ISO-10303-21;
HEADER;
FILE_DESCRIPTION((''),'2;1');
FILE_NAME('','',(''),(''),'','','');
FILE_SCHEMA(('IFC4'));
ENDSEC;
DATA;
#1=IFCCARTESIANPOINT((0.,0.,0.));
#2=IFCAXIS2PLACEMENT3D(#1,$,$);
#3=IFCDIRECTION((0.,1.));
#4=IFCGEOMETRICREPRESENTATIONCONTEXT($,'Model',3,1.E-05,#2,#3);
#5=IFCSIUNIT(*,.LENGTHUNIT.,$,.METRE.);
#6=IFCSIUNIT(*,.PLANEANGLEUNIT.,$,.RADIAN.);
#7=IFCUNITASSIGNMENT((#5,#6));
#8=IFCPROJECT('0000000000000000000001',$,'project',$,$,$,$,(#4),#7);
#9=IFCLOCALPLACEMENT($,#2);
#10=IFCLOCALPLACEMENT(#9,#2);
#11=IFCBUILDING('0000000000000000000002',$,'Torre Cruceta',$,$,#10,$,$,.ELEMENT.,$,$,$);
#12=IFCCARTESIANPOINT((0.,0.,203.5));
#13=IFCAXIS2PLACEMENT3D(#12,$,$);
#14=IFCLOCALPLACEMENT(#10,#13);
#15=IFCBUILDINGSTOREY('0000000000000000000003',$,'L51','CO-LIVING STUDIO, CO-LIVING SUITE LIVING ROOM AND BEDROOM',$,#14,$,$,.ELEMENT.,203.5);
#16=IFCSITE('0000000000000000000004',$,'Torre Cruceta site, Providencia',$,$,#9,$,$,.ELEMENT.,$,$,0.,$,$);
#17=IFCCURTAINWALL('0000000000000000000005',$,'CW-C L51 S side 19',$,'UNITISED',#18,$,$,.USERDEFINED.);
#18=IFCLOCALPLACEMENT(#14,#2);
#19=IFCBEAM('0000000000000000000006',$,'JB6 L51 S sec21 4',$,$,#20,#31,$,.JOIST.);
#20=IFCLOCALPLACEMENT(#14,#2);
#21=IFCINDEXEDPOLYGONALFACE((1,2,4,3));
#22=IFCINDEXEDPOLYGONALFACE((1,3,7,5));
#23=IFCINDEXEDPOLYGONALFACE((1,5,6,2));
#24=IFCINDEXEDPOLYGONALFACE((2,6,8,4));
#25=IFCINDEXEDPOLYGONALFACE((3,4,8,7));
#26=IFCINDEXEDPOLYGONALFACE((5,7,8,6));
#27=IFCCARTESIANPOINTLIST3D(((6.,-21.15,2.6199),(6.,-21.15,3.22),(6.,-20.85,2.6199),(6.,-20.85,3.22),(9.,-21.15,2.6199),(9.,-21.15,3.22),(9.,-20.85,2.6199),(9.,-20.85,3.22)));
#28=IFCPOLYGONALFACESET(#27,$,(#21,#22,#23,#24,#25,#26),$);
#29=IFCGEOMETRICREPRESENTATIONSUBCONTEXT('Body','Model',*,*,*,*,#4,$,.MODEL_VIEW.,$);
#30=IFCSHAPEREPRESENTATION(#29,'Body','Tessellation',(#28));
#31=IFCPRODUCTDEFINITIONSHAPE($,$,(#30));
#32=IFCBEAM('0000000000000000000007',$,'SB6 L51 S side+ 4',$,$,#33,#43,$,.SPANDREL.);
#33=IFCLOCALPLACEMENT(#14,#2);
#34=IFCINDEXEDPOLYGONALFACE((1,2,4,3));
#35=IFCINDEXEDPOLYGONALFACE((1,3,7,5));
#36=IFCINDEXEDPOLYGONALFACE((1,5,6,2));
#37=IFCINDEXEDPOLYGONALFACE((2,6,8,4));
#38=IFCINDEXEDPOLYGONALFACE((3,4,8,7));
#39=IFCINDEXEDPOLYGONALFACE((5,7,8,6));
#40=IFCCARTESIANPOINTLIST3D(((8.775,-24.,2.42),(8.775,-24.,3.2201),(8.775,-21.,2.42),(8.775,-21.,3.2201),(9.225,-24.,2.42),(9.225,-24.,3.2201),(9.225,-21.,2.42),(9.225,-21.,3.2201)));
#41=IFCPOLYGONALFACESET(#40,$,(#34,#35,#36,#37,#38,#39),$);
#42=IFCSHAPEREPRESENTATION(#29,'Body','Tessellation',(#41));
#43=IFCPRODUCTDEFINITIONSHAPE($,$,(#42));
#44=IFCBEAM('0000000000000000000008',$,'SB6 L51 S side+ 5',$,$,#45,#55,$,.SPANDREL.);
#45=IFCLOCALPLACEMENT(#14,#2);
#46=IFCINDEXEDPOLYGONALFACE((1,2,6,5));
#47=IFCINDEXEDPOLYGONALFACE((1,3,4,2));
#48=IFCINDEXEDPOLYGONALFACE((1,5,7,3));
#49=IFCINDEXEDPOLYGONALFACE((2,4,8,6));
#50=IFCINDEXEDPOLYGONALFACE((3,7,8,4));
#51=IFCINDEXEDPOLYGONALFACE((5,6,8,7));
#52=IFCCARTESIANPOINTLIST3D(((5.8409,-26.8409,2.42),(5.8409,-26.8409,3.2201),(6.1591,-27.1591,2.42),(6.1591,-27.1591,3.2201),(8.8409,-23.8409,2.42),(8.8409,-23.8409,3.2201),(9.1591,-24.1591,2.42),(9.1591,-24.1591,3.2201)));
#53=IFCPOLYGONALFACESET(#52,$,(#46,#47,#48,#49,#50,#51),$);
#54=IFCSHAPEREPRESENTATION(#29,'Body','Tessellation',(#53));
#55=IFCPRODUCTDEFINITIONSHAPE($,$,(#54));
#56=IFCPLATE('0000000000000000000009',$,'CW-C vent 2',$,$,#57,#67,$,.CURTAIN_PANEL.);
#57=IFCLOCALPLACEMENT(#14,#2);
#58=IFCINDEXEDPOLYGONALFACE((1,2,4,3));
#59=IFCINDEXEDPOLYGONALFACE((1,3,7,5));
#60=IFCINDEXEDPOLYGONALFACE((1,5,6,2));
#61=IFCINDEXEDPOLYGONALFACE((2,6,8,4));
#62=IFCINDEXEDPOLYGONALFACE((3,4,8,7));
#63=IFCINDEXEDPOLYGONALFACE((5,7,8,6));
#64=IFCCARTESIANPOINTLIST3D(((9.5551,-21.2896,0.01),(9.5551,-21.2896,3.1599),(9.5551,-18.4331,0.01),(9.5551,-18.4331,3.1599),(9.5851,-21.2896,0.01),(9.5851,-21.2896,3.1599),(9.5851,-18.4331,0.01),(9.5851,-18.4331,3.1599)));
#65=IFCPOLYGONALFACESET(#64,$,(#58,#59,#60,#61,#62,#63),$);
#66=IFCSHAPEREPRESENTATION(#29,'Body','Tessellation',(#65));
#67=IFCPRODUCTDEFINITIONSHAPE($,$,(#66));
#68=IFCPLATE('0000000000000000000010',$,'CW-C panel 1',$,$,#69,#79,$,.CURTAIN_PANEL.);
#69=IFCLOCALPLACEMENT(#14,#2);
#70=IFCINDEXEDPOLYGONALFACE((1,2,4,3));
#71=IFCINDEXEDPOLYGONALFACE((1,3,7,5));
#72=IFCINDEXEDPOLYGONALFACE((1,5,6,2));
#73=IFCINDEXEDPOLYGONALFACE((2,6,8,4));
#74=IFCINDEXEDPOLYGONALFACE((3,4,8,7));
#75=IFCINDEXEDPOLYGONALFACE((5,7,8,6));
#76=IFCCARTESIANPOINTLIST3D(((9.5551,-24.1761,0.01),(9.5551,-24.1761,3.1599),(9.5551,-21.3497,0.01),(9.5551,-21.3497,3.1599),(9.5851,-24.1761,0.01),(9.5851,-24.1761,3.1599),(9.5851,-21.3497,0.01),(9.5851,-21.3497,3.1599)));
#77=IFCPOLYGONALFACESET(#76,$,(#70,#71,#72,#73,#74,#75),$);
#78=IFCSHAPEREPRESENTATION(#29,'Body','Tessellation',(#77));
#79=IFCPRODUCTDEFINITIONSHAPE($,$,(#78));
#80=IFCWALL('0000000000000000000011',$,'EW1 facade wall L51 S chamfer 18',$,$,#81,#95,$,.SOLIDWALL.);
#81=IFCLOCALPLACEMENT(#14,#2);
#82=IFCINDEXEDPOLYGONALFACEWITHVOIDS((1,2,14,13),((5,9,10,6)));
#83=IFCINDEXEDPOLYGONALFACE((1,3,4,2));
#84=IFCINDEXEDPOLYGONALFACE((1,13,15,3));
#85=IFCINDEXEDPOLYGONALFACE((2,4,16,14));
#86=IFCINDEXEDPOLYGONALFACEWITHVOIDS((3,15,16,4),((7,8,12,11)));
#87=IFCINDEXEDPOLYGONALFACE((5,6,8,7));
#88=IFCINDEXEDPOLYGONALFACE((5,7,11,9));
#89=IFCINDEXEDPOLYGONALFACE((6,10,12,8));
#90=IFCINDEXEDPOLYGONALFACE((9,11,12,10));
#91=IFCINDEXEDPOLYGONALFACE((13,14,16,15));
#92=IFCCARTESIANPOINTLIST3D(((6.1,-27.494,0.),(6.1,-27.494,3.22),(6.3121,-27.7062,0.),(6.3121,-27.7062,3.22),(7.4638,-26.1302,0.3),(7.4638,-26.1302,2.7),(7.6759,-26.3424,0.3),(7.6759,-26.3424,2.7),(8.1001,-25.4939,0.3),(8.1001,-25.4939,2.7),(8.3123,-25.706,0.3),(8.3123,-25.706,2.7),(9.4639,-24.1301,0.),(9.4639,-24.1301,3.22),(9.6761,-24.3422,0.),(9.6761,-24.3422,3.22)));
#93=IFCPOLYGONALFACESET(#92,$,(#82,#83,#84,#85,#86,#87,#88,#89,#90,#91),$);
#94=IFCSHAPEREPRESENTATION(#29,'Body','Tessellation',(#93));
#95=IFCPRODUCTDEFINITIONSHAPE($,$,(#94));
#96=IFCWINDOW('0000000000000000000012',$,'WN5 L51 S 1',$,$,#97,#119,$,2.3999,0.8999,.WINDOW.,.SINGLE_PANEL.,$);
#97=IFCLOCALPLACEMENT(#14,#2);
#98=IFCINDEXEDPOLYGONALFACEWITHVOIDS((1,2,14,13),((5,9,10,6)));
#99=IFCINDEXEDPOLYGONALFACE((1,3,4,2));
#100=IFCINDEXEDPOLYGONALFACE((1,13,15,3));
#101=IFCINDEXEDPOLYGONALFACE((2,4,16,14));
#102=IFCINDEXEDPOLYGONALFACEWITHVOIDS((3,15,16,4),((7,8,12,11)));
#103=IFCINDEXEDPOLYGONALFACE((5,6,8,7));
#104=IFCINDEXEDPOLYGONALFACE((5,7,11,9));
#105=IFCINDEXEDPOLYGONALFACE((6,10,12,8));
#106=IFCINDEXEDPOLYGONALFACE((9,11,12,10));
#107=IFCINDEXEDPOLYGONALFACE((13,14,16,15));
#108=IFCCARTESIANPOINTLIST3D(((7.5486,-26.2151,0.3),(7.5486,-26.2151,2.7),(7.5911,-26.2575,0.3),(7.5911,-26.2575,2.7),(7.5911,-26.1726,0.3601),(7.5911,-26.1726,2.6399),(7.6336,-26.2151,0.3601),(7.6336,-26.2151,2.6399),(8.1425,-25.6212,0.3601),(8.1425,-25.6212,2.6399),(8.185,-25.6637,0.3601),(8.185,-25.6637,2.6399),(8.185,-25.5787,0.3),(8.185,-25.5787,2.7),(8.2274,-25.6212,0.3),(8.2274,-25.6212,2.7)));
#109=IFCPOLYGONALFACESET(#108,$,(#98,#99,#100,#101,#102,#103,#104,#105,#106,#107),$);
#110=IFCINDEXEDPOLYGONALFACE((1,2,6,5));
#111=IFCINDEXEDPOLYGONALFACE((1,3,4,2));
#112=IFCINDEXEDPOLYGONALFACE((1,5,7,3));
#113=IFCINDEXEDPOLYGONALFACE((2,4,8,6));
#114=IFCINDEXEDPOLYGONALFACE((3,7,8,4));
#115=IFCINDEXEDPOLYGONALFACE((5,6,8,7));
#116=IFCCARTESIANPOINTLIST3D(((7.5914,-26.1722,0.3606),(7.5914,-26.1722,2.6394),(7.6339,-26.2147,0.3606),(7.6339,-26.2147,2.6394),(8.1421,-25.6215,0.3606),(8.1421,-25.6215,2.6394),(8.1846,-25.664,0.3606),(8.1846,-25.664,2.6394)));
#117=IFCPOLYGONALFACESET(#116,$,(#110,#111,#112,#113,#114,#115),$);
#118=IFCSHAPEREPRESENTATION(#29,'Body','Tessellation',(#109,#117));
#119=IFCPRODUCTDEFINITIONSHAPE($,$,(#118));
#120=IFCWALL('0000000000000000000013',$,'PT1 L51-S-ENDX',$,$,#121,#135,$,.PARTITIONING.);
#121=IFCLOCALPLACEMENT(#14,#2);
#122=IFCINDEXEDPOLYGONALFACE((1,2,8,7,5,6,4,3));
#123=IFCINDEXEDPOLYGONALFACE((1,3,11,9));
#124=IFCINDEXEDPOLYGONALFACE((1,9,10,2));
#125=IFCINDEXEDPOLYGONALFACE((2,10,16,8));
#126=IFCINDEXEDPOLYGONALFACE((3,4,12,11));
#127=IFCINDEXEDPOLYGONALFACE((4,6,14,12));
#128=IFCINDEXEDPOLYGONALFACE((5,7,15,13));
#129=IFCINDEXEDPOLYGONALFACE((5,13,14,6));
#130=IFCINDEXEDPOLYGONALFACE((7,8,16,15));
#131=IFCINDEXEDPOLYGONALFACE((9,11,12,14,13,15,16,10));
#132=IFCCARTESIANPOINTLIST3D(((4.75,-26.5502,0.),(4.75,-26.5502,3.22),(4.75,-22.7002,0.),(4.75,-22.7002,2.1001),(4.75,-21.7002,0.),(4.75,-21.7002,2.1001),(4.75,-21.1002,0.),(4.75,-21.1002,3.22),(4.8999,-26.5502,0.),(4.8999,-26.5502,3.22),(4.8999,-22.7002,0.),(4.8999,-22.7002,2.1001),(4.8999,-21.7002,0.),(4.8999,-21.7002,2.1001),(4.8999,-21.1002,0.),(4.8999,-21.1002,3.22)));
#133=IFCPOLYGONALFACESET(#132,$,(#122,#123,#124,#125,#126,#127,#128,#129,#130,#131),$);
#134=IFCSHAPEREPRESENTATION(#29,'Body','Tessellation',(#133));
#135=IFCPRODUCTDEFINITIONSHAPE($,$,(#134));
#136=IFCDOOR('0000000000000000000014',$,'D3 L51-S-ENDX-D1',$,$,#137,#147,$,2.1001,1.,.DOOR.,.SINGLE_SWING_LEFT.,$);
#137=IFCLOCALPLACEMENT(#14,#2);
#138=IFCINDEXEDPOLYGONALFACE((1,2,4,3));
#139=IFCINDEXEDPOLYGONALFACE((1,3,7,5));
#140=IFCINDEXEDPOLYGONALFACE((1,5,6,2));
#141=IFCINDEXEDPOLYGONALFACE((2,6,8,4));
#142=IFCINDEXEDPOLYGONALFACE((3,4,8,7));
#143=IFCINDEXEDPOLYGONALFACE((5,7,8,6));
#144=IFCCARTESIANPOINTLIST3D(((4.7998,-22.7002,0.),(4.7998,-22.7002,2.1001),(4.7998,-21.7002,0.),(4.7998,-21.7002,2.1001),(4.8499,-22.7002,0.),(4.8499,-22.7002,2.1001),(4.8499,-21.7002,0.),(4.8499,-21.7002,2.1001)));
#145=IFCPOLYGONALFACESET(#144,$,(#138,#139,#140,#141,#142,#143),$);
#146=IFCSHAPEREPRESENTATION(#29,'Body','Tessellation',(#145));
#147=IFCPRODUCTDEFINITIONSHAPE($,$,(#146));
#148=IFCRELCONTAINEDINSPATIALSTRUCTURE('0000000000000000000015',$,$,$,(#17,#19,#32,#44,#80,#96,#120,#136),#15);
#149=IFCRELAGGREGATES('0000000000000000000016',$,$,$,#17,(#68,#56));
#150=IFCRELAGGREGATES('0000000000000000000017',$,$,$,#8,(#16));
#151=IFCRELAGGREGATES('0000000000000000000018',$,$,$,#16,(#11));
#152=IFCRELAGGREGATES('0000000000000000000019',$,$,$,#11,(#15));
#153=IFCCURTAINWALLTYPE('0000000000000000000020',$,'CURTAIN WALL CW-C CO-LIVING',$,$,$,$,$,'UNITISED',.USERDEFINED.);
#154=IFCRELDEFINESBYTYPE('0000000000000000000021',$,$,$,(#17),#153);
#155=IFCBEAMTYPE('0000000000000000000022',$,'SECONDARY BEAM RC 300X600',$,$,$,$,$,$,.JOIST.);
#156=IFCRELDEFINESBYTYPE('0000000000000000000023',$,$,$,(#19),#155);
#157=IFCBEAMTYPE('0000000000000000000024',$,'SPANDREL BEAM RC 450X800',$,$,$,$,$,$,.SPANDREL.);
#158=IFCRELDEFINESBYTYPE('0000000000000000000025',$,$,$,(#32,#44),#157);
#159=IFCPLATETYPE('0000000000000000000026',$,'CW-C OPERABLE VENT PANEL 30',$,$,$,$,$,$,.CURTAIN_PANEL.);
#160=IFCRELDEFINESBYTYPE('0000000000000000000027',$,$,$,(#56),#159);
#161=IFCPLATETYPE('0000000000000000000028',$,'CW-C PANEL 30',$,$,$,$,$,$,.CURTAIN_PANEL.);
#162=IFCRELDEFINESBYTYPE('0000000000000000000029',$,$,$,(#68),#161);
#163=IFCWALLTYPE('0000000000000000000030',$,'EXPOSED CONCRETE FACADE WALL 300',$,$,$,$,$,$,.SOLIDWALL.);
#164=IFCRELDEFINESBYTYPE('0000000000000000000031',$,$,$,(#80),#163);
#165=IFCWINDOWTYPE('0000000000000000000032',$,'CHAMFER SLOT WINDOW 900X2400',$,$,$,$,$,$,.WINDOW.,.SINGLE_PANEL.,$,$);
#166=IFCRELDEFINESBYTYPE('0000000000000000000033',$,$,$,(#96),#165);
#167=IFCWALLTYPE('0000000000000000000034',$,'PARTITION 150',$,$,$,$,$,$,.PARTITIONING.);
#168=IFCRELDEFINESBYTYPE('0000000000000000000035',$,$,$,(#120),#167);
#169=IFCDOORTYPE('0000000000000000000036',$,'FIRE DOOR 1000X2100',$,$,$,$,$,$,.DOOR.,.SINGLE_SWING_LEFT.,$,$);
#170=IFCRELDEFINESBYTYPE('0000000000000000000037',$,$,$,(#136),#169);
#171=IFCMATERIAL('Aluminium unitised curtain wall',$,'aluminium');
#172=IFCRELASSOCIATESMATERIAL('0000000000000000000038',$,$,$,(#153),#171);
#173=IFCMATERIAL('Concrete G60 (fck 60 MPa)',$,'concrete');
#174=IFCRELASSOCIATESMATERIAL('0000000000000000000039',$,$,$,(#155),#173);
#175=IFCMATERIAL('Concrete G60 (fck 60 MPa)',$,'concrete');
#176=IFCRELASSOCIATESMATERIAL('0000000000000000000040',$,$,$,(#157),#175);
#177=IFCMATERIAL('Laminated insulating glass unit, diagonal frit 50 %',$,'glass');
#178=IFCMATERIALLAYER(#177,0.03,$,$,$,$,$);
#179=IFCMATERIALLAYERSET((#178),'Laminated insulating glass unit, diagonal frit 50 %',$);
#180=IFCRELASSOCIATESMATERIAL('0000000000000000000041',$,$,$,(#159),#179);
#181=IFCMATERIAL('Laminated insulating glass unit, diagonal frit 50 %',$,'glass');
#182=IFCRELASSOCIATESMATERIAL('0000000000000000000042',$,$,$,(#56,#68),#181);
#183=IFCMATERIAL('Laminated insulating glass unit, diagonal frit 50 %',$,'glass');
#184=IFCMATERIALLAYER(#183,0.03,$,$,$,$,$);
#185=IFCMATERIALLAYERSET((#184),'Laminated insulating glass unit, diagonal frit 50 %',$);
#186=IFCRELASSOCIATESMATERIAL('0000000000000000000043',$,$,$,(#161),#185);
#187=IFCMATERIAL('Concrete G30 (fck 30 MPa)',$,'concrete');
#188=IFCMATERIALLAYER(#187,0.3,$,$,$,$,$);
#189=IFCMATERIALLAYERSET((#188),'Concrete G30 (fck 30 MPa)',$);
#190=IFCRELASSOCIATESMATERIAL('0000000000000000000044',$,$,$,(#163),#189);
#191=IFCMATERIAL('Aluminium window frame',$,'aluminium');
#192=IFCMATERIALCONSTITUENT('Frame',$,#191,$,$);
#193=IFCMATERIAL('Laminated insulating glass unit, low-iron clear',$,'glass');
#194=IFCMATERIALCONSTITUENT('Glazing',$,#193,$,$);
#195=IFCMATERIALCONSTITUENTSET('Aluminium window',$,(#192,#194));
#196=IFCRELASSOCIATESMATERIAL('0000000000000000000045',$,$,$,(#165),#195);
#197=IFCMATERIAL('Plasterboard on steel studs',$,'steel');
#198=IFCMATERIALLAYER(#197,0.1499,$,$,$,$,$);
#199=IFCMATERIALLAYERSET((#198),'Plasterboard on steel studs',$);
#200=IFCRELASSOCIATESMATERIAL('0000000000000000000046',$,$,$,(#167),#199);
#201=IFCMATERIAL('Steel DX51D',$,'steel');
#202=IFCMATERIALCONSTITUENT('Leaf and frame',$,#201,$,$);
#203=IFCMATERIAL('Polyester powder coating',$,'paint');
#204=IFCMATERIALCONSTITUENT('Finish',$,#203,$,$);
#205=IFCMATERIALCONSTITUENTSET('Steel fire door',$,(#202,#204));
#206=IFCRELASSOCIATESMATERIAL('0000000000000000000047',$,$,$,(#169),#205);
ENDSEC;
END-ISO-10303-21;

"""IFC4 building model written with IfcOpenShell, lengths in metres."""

from ifc_helpers import new_model, si_unit, direction, frame, frame_2d, origin, origin_2d, place, context, subcontext, project, spatial, rectangle, hollow_rectangle, extrude, material, layer, layer_set, constituent, constituent_set, material_profile, profile_set, type_object, element, fill, aggregate, save


model = new_model("IFC4")

# Units and contexts
model_context = context("Model", 3, precision=1e-05, world=origin(), true_north=direction((0.0, 1.0)))
body_context = subcontext(model_context, "Body", "Model", "MODEL_VIEW")
ifc_project = project(units=[si_unit("LENGTHUNIT", "METRE"), si_unit("PLANEANGLEUNIT", "RADIAN")], contexts=[model_context])

# Site, building, storey
site_placement = place(None, origin())
site = spatial("IfcSite", under=ifc_project, at=site_placement, Name="Torre Cruceta site, Providencia", CompositionType="ELEMENT", RefElevation=0.0)
building_placement = place(site_placement, origin())
building = spatial("IfcBuilding", under=site, at=building_placement, Name="Torre Cruceta", CompositionType="ELEMENT")
storey_placement = place(building_placement, frame((0.0, 0.0, 203.5)))
storey = spatial("IfcBuildingStorey", under=building, at=storey_placement, Name="L51", Description="CO-LIVING STUDIO, CO-LIVING SUITE LIVING ROOM AND BEDROOM", CompositionType="ELEMENT", Elevation=203.5)

# Curtain wall
ifc_material_1 = material(Name="Aluminium unitised curtain wall", Category="aluminium")
curtain_wall_type = type_object("IfcCurtainWallType", Name="CURTAIN WALL CW-C CO-LIVING", ElementType="UNITISED", PredefinedType="USERDEFINED", material=ifc_material_1)
curtain_wall_placement = place(storey_placement, origin())
curtain_wall = element("IfcCurtainWall", 1, at=curtain_wall_placement, inside=storey, type_object=curtain_wall_type, Name="CW-C L51 S side 19", ObjectType="UNITISED", PredefinedType="USERDEFINED")

# Beams
ifc_material_2 = material(Name="Concrete G60 (fck 60 MPa)", Category="concrete")
ifc_material_profile_1 = material_profile(ifc_material_2, rectangle(XDim=0.3, YDim=0.6001, at=origin_2d()), Name="RC 300X600")
ifc_profile_set_1 = profile_set([ifc_material_profile_1], Name="Concrete G60 (fck 60 MPa)")
beam_type_1 = type_object("IfcBeamType", Name="SECONDARY BEAM RC 300X600", PredefinedType="JOIST", material=ifc_profile_set_1)
beam_1_placement = place(storey_placement, frame((6.0, -21.0, 2.9199), z_axis=(1.0, 0.0, 0.0), x_axis=(0.0, 1.0, 0.0)))
element("IfcBeam", 2, at=beam_1_placement, inside=storey, type_object=beam_type_1, Name="JB6 L51 S sec21 4", PredefinedType="JOIST", context=body_context, shape_type="SweptSolid", body=[
    extrude(rectangle(XDim=0.3, YDim=0.6001, at=origin_2d()), origin(), (0.0, 0.0, 1.0), 3.0),
])
ifc_material_3 = material(Name="Concrete G60 (fck 60 MPa)", Category="concrete")
ifc_material_profile_2 = material_profile(ifc_material_3, rectangle(XDim=0.45, YDim=0.8, at=origin_2d()), Name="RC 450X800")
ifc_profile_set_2 = profile_set([ifc_material_profile_2], Name="Concrete G60 (fck 60 MPa)")
beam_type_2 = type_object("IfcBeamType", Name="SPANDREL BEAM RC 450X800", PredefinedType="SPANDREL", material=ifc_profile_set_2)
beam_2_placement = place(storey_placement, frame((9.0, -21.0, 2.8201), z_axis=(0.0, -1.0, 0.0), x_axis=(1.0, 0.0, 0.0)))
element("IfcBeam", 3, at=beam_2_placement, inside=storey, type_object=beam_type_2, Name="SB6 L51 S side+ 4", PredefinedType="SPANDREL", context=body_context, shape_type="SweptSolid", body=[
    extrude(rectangle(XDim=0.45, YDim=0.8, at=origin_2d()), origin(), (0.0, 0.0, 1.0), 3.0),
])
beam_3_placement = place(storey_placement, frame((9.0, -24.0, 2.8201), z_axis=(-0.707107, -0.707107, 0.0), x_axis=(0.707107, -0.707107, 0.0)))
element("IfcBeam", 4, at=beam_3_placement, inside=storey, type_object=beam_type_2, Name="SB6 L51 S side+ 5", PredefinedType="SPANDREL", context=body_context, shape_type="SweptSolid", body=[
    extrude(rectangle(XDim=0.45, YDim=0.8, at=origin_2d()), origin(), (0.0, 0.0, 1.0), 4.2427),
])

# Plates
ifc_material_4 = material(Name="Laminated insulating glass unit, diagonal frit 50 %", Category="glass")
ifc_material_5 = material(Name="Laminated insulating glass unit, diagonal frit 50 %", Category="glass")
ifc_layer_1 = layer(ifc_material_5, 0.03)
ifc_layer_set_1 = layer_set([ifc_layer_1], Name="Laminated insulating glass unit, diagonal frit 50 %")
plate_type_1 = type_object("IfcPlateType", Name="CW-C OPERABLE VENT PANEL 30", PredefinedType="CURTAIN_PANEL", material=ifc_layer_set_1)
plate_1_placement = place(storey_placement, frame((9.5701, -19.8613, 0.01), z_axis=(0.0, 0.0, 1.0), x_axis=(0.0, 1.0, 0.0)))
plate_1 = element("IfcPlate", 5, at=plate_1_placement, type_object=plate_type_1, material=ifc_material_4, Name="CW-C vent 2", PredefinedType="CURTAIN_PANEL", context=body_context, shape_type="SweptSolid", body=[
    extrude(rectangle(XDim=2.8564, YDim=0.03, at=origin_2d()), origin(), (0.0, 0.0, 1.0), 3.1499),
])
ifc_material_6 = material(Name="Laminated insulating glass unit, diagonal frit 50 %", Category="glass")
ifc_layer_2 = layer(ifc_material_6, 0.03)
ifc_layer_set_2 = layer_set([ifc_layer_2], Name="Laminated insulating glass unit, diagonal frit 50 %")
plate_type_2 = type_object("IfcPlateType", Name="CW-C PANEL 30", PredefinedType="CURTAIN_PANEL", material=ifc_layer_set_2)
plate_2_placement = place(storey_placement, frame((9.5701, -22.7629, 0.01), z_axis=(0.0, 0.0, 1.0), x_axis=(0.0, 1.0, 0.0)))
plate_2 = element("IfcPlate", 6, at=plate_2_placement, type_object=plate_type_2, material=ifc_material_4, Name="CW-C panel 1", PredefinedType="CURTAIN_PANEL", context=body_context, shape_type="SweptSolid", body=[
    extrude(rectangle(XDim=2.8264, YDim=0.03, at=origin_2d()), origin(), (0.0, 0.0, 1.0), 3.1499),
])
aggregate(curtain_wall, [plate_2, plate_1])

# Wall, opening, window
ifc_material_7 = material(Name="Concrete G30 (fck 30 MPa)", Category="concrete")
ifc_layer_3 = layer(ifc_material_7, 0.3)
ifc_layer_set_3 = layer_set([ifc_layer_3], Name="Concrete G30 (fck 30 MPa)")
wall_type_1 = type_object("IfcWallType", Name="EXPOSED CONCRETE FACADE WALL 300", PredefinedType="SOLIDWALL", material=ifc_layer_set_3)
wall_1_placement = place(storey_placement, frame((6.2061, -27.6001, 0.0), z_axis=(0.0, 0.0, 1.0), x_axis=(0.707107, 0.707107, 0.0)))
wall_1 = element("IfcWall", 7, at=wall_1_placement, inside=storey, type_object=wall_type_1, Name="EW1 facade wall L51 S chamfer 18", PredefinedType="SOLIDWALL", context=body_context, shape_type="SweptSolid", body=[
    extrude(rectangle(XDim=4.7573, YDim=0.3, at=frame_2d((2.3787, 0.0))), origin(), (0.0, 0.0, 1.0), 3.22),
])
opening_1_placement = place(wall_1_placement, frame((1.9287, 0.0, 0.3)))
opening_1 = element("IfcOpeningElement", 8, at=opening_1_placement, cuts=wall_1, PredefinedType="OPENING", context=body_context, shape_type="SweptSolid", body=[
    extrude(rectangle(XDim=0.8999, YDim=2.3999, at=frame_2d((0.45, 1.2))), frame((0.0, 0.1599, 0.0), z_axis=(0.0, -1.0, 0.0), x_axis=(1.0, 0.0, 0.0)), (0.0, 0.0, 1.0), 0.3201),
])
ifc_material_8 = material(Name="Aluminium window frame", Category="aluminium")
ifc_constituent_1 = constituent(ifc_material_8, Name="Frame")
ifc_material_9 = material(Name="Laminated insulating glass unit, low-iron clear", Category="glass")
ifc_constituent_2 = constituent(ifc_material_9, Name="Glazing")
ifc_constituent_set_1 = constituent_set(constituents=[ifc_constituent_1, ifc_constituent_2], Name="Aluminium window")
window_type = type_object("IfcWindowType", Name="CHAMFER SLOT WINDOW 900X2400", PartitioningType="SINGLE_PANEL", PredefinedType="WINDOW", material=ifc_constituent_set_1)
window_placement = place(opening_1_placement, origin())
window = element("IfcWindow", 9, at=window_placement, inside=storey, type_object=window_type, Name="WN5 L51 S 1", OverallHeight=2.3999, OverallWidth=0.8999, PartitioningType="SINGLE_PANEL", PredefinedType="WINDOW", context=body_context, shape_type="SweptSolid", body=[
    extrude(hollow_rectangle(XDim=0.8999, YDim=2.3999, WallThickness=0.0601, at=frame_2d((0.45, 1.2))), frame((0.0, 0.03, 0.0), z_axis=(0.0, -1.0, 0.0), x_axis=(1.0, 0.0, 0.0)), (0.0, 0.0, 1.0), 0.0601),
    extrude(rectangle(XDim=0.7788, YDim=2.2788, at=frame_2d((0.45, 1.2))), frame((0.0, 0.03, 0.0), z_axis=(0.0, -1.0, 0.0), x_axis=(1.0, 0.0, 0.0)), (0.0, 0.0, 1.0), 0.0601),
])
fill(opening_1, window)

# Wall, opening, door
ifc_material_10 = material(Name="Plasterboard on steel studs", Category="steel")
ifc_layer_4 = layer(ifc_material_10, 0.1499)
ifc_layer_set_4 = layer_set([ifc_layer_4], Name="Plasterboard on steel studs")
wall_type_2 = type_object("IfcWallType", Name="PARTITION 150", PredefinedType="PARTITIONING", material=ifc_layer_set_4)
wall_2_placement = place(storey_placement, frame((4.825, -21.1001, 0.0), z_axis=(0.0, 0.0, 1.0), x_axis=(0.0, -1.0, 0.0)))
wall_2 = element("IfcWall", 10, at=wall_2_placement, inside=storey, type_object=wall_type_2, Name="PT1 L51-S-ENDX", PredefinedType="PARTITIONING", context=body_context, shape_type="SweptSolid", body=[
    extrude(rectangle(XDim=5.45, YDim=0.1499, at=frame_2d((2.7251, 0.0))), origin(), (0.0, 0.0, 1.0), 3.22),
])
opening_2_placement = place(wall_2_placement, frame((0.6001, 0.0, 0.0)))
opening_2 = element("IfcOpeningElement", 11, at=opening_2_placement, cuts=wall_2, PredefinedType="OPENING", context=body_context, shape_type="SweptSolid", body=[
    extrude(rectangle(XDim=1.0, YDim=2.1001, at=frame_2d((0.5, 1.05))), frame((0.0, 0.085, 0.0), z_axis=(0.0, -1.0, 0.0), x_axis=(1.0, 0.0, 0.0)), (0.0, 0.0, 1.0), 0.1699),
])
ifc_material_11 = material(Name="Steel DX51D", Category="steel")
ifc_constituent_3 = constituent(ifc_material_11, Name="Leaf and frame")
ifc_material_12 = material(Name="Polyester powder coating", Category="paint")
ifc_constituent_4 = constituent(ifc_material_12, Name="Finish")
ifc_constituent_set_2 = constituent_set(constituents=[ifc_constituent_3, ifc_constituent_4], Name="Steel fire door")
door_type_1 = type_object("IfcDoorType", Name="FIRE DOOR 1000X2100", OperationType="SINGLE_SWING_LEFT", PredefinedType="DOOR", material=ifc_constituent_set_2)
door_1_placement = place(opening_2_placement, origin())
door_1 = element("IfcDoor", 12, at=door_1_placement, inside=storey, type_object=door_type_1, Name="D3 L51-S-ENDX-D1", OperationType="SINGLE_SWING_LEFT", OverallHeight=2.1001, OverallWidth=1.0, PredefinedType="DOOR", context=body_context, shape_type="SweptSolid", body=[
    extrude(rectangle(XDim=1.0, YDim=2.1001, at=frame_2d((0.5, 1.05))), frame((0.0, 0.0249, 0.0), z_axis=(0.0, -1.0, 0.0), x_axis=(1.0, 0.0, 0.0)), (0.0, 0.0, 1.0), 0.05),
])
fill(opening_2, door_1)

save(model, "model.ifc")
